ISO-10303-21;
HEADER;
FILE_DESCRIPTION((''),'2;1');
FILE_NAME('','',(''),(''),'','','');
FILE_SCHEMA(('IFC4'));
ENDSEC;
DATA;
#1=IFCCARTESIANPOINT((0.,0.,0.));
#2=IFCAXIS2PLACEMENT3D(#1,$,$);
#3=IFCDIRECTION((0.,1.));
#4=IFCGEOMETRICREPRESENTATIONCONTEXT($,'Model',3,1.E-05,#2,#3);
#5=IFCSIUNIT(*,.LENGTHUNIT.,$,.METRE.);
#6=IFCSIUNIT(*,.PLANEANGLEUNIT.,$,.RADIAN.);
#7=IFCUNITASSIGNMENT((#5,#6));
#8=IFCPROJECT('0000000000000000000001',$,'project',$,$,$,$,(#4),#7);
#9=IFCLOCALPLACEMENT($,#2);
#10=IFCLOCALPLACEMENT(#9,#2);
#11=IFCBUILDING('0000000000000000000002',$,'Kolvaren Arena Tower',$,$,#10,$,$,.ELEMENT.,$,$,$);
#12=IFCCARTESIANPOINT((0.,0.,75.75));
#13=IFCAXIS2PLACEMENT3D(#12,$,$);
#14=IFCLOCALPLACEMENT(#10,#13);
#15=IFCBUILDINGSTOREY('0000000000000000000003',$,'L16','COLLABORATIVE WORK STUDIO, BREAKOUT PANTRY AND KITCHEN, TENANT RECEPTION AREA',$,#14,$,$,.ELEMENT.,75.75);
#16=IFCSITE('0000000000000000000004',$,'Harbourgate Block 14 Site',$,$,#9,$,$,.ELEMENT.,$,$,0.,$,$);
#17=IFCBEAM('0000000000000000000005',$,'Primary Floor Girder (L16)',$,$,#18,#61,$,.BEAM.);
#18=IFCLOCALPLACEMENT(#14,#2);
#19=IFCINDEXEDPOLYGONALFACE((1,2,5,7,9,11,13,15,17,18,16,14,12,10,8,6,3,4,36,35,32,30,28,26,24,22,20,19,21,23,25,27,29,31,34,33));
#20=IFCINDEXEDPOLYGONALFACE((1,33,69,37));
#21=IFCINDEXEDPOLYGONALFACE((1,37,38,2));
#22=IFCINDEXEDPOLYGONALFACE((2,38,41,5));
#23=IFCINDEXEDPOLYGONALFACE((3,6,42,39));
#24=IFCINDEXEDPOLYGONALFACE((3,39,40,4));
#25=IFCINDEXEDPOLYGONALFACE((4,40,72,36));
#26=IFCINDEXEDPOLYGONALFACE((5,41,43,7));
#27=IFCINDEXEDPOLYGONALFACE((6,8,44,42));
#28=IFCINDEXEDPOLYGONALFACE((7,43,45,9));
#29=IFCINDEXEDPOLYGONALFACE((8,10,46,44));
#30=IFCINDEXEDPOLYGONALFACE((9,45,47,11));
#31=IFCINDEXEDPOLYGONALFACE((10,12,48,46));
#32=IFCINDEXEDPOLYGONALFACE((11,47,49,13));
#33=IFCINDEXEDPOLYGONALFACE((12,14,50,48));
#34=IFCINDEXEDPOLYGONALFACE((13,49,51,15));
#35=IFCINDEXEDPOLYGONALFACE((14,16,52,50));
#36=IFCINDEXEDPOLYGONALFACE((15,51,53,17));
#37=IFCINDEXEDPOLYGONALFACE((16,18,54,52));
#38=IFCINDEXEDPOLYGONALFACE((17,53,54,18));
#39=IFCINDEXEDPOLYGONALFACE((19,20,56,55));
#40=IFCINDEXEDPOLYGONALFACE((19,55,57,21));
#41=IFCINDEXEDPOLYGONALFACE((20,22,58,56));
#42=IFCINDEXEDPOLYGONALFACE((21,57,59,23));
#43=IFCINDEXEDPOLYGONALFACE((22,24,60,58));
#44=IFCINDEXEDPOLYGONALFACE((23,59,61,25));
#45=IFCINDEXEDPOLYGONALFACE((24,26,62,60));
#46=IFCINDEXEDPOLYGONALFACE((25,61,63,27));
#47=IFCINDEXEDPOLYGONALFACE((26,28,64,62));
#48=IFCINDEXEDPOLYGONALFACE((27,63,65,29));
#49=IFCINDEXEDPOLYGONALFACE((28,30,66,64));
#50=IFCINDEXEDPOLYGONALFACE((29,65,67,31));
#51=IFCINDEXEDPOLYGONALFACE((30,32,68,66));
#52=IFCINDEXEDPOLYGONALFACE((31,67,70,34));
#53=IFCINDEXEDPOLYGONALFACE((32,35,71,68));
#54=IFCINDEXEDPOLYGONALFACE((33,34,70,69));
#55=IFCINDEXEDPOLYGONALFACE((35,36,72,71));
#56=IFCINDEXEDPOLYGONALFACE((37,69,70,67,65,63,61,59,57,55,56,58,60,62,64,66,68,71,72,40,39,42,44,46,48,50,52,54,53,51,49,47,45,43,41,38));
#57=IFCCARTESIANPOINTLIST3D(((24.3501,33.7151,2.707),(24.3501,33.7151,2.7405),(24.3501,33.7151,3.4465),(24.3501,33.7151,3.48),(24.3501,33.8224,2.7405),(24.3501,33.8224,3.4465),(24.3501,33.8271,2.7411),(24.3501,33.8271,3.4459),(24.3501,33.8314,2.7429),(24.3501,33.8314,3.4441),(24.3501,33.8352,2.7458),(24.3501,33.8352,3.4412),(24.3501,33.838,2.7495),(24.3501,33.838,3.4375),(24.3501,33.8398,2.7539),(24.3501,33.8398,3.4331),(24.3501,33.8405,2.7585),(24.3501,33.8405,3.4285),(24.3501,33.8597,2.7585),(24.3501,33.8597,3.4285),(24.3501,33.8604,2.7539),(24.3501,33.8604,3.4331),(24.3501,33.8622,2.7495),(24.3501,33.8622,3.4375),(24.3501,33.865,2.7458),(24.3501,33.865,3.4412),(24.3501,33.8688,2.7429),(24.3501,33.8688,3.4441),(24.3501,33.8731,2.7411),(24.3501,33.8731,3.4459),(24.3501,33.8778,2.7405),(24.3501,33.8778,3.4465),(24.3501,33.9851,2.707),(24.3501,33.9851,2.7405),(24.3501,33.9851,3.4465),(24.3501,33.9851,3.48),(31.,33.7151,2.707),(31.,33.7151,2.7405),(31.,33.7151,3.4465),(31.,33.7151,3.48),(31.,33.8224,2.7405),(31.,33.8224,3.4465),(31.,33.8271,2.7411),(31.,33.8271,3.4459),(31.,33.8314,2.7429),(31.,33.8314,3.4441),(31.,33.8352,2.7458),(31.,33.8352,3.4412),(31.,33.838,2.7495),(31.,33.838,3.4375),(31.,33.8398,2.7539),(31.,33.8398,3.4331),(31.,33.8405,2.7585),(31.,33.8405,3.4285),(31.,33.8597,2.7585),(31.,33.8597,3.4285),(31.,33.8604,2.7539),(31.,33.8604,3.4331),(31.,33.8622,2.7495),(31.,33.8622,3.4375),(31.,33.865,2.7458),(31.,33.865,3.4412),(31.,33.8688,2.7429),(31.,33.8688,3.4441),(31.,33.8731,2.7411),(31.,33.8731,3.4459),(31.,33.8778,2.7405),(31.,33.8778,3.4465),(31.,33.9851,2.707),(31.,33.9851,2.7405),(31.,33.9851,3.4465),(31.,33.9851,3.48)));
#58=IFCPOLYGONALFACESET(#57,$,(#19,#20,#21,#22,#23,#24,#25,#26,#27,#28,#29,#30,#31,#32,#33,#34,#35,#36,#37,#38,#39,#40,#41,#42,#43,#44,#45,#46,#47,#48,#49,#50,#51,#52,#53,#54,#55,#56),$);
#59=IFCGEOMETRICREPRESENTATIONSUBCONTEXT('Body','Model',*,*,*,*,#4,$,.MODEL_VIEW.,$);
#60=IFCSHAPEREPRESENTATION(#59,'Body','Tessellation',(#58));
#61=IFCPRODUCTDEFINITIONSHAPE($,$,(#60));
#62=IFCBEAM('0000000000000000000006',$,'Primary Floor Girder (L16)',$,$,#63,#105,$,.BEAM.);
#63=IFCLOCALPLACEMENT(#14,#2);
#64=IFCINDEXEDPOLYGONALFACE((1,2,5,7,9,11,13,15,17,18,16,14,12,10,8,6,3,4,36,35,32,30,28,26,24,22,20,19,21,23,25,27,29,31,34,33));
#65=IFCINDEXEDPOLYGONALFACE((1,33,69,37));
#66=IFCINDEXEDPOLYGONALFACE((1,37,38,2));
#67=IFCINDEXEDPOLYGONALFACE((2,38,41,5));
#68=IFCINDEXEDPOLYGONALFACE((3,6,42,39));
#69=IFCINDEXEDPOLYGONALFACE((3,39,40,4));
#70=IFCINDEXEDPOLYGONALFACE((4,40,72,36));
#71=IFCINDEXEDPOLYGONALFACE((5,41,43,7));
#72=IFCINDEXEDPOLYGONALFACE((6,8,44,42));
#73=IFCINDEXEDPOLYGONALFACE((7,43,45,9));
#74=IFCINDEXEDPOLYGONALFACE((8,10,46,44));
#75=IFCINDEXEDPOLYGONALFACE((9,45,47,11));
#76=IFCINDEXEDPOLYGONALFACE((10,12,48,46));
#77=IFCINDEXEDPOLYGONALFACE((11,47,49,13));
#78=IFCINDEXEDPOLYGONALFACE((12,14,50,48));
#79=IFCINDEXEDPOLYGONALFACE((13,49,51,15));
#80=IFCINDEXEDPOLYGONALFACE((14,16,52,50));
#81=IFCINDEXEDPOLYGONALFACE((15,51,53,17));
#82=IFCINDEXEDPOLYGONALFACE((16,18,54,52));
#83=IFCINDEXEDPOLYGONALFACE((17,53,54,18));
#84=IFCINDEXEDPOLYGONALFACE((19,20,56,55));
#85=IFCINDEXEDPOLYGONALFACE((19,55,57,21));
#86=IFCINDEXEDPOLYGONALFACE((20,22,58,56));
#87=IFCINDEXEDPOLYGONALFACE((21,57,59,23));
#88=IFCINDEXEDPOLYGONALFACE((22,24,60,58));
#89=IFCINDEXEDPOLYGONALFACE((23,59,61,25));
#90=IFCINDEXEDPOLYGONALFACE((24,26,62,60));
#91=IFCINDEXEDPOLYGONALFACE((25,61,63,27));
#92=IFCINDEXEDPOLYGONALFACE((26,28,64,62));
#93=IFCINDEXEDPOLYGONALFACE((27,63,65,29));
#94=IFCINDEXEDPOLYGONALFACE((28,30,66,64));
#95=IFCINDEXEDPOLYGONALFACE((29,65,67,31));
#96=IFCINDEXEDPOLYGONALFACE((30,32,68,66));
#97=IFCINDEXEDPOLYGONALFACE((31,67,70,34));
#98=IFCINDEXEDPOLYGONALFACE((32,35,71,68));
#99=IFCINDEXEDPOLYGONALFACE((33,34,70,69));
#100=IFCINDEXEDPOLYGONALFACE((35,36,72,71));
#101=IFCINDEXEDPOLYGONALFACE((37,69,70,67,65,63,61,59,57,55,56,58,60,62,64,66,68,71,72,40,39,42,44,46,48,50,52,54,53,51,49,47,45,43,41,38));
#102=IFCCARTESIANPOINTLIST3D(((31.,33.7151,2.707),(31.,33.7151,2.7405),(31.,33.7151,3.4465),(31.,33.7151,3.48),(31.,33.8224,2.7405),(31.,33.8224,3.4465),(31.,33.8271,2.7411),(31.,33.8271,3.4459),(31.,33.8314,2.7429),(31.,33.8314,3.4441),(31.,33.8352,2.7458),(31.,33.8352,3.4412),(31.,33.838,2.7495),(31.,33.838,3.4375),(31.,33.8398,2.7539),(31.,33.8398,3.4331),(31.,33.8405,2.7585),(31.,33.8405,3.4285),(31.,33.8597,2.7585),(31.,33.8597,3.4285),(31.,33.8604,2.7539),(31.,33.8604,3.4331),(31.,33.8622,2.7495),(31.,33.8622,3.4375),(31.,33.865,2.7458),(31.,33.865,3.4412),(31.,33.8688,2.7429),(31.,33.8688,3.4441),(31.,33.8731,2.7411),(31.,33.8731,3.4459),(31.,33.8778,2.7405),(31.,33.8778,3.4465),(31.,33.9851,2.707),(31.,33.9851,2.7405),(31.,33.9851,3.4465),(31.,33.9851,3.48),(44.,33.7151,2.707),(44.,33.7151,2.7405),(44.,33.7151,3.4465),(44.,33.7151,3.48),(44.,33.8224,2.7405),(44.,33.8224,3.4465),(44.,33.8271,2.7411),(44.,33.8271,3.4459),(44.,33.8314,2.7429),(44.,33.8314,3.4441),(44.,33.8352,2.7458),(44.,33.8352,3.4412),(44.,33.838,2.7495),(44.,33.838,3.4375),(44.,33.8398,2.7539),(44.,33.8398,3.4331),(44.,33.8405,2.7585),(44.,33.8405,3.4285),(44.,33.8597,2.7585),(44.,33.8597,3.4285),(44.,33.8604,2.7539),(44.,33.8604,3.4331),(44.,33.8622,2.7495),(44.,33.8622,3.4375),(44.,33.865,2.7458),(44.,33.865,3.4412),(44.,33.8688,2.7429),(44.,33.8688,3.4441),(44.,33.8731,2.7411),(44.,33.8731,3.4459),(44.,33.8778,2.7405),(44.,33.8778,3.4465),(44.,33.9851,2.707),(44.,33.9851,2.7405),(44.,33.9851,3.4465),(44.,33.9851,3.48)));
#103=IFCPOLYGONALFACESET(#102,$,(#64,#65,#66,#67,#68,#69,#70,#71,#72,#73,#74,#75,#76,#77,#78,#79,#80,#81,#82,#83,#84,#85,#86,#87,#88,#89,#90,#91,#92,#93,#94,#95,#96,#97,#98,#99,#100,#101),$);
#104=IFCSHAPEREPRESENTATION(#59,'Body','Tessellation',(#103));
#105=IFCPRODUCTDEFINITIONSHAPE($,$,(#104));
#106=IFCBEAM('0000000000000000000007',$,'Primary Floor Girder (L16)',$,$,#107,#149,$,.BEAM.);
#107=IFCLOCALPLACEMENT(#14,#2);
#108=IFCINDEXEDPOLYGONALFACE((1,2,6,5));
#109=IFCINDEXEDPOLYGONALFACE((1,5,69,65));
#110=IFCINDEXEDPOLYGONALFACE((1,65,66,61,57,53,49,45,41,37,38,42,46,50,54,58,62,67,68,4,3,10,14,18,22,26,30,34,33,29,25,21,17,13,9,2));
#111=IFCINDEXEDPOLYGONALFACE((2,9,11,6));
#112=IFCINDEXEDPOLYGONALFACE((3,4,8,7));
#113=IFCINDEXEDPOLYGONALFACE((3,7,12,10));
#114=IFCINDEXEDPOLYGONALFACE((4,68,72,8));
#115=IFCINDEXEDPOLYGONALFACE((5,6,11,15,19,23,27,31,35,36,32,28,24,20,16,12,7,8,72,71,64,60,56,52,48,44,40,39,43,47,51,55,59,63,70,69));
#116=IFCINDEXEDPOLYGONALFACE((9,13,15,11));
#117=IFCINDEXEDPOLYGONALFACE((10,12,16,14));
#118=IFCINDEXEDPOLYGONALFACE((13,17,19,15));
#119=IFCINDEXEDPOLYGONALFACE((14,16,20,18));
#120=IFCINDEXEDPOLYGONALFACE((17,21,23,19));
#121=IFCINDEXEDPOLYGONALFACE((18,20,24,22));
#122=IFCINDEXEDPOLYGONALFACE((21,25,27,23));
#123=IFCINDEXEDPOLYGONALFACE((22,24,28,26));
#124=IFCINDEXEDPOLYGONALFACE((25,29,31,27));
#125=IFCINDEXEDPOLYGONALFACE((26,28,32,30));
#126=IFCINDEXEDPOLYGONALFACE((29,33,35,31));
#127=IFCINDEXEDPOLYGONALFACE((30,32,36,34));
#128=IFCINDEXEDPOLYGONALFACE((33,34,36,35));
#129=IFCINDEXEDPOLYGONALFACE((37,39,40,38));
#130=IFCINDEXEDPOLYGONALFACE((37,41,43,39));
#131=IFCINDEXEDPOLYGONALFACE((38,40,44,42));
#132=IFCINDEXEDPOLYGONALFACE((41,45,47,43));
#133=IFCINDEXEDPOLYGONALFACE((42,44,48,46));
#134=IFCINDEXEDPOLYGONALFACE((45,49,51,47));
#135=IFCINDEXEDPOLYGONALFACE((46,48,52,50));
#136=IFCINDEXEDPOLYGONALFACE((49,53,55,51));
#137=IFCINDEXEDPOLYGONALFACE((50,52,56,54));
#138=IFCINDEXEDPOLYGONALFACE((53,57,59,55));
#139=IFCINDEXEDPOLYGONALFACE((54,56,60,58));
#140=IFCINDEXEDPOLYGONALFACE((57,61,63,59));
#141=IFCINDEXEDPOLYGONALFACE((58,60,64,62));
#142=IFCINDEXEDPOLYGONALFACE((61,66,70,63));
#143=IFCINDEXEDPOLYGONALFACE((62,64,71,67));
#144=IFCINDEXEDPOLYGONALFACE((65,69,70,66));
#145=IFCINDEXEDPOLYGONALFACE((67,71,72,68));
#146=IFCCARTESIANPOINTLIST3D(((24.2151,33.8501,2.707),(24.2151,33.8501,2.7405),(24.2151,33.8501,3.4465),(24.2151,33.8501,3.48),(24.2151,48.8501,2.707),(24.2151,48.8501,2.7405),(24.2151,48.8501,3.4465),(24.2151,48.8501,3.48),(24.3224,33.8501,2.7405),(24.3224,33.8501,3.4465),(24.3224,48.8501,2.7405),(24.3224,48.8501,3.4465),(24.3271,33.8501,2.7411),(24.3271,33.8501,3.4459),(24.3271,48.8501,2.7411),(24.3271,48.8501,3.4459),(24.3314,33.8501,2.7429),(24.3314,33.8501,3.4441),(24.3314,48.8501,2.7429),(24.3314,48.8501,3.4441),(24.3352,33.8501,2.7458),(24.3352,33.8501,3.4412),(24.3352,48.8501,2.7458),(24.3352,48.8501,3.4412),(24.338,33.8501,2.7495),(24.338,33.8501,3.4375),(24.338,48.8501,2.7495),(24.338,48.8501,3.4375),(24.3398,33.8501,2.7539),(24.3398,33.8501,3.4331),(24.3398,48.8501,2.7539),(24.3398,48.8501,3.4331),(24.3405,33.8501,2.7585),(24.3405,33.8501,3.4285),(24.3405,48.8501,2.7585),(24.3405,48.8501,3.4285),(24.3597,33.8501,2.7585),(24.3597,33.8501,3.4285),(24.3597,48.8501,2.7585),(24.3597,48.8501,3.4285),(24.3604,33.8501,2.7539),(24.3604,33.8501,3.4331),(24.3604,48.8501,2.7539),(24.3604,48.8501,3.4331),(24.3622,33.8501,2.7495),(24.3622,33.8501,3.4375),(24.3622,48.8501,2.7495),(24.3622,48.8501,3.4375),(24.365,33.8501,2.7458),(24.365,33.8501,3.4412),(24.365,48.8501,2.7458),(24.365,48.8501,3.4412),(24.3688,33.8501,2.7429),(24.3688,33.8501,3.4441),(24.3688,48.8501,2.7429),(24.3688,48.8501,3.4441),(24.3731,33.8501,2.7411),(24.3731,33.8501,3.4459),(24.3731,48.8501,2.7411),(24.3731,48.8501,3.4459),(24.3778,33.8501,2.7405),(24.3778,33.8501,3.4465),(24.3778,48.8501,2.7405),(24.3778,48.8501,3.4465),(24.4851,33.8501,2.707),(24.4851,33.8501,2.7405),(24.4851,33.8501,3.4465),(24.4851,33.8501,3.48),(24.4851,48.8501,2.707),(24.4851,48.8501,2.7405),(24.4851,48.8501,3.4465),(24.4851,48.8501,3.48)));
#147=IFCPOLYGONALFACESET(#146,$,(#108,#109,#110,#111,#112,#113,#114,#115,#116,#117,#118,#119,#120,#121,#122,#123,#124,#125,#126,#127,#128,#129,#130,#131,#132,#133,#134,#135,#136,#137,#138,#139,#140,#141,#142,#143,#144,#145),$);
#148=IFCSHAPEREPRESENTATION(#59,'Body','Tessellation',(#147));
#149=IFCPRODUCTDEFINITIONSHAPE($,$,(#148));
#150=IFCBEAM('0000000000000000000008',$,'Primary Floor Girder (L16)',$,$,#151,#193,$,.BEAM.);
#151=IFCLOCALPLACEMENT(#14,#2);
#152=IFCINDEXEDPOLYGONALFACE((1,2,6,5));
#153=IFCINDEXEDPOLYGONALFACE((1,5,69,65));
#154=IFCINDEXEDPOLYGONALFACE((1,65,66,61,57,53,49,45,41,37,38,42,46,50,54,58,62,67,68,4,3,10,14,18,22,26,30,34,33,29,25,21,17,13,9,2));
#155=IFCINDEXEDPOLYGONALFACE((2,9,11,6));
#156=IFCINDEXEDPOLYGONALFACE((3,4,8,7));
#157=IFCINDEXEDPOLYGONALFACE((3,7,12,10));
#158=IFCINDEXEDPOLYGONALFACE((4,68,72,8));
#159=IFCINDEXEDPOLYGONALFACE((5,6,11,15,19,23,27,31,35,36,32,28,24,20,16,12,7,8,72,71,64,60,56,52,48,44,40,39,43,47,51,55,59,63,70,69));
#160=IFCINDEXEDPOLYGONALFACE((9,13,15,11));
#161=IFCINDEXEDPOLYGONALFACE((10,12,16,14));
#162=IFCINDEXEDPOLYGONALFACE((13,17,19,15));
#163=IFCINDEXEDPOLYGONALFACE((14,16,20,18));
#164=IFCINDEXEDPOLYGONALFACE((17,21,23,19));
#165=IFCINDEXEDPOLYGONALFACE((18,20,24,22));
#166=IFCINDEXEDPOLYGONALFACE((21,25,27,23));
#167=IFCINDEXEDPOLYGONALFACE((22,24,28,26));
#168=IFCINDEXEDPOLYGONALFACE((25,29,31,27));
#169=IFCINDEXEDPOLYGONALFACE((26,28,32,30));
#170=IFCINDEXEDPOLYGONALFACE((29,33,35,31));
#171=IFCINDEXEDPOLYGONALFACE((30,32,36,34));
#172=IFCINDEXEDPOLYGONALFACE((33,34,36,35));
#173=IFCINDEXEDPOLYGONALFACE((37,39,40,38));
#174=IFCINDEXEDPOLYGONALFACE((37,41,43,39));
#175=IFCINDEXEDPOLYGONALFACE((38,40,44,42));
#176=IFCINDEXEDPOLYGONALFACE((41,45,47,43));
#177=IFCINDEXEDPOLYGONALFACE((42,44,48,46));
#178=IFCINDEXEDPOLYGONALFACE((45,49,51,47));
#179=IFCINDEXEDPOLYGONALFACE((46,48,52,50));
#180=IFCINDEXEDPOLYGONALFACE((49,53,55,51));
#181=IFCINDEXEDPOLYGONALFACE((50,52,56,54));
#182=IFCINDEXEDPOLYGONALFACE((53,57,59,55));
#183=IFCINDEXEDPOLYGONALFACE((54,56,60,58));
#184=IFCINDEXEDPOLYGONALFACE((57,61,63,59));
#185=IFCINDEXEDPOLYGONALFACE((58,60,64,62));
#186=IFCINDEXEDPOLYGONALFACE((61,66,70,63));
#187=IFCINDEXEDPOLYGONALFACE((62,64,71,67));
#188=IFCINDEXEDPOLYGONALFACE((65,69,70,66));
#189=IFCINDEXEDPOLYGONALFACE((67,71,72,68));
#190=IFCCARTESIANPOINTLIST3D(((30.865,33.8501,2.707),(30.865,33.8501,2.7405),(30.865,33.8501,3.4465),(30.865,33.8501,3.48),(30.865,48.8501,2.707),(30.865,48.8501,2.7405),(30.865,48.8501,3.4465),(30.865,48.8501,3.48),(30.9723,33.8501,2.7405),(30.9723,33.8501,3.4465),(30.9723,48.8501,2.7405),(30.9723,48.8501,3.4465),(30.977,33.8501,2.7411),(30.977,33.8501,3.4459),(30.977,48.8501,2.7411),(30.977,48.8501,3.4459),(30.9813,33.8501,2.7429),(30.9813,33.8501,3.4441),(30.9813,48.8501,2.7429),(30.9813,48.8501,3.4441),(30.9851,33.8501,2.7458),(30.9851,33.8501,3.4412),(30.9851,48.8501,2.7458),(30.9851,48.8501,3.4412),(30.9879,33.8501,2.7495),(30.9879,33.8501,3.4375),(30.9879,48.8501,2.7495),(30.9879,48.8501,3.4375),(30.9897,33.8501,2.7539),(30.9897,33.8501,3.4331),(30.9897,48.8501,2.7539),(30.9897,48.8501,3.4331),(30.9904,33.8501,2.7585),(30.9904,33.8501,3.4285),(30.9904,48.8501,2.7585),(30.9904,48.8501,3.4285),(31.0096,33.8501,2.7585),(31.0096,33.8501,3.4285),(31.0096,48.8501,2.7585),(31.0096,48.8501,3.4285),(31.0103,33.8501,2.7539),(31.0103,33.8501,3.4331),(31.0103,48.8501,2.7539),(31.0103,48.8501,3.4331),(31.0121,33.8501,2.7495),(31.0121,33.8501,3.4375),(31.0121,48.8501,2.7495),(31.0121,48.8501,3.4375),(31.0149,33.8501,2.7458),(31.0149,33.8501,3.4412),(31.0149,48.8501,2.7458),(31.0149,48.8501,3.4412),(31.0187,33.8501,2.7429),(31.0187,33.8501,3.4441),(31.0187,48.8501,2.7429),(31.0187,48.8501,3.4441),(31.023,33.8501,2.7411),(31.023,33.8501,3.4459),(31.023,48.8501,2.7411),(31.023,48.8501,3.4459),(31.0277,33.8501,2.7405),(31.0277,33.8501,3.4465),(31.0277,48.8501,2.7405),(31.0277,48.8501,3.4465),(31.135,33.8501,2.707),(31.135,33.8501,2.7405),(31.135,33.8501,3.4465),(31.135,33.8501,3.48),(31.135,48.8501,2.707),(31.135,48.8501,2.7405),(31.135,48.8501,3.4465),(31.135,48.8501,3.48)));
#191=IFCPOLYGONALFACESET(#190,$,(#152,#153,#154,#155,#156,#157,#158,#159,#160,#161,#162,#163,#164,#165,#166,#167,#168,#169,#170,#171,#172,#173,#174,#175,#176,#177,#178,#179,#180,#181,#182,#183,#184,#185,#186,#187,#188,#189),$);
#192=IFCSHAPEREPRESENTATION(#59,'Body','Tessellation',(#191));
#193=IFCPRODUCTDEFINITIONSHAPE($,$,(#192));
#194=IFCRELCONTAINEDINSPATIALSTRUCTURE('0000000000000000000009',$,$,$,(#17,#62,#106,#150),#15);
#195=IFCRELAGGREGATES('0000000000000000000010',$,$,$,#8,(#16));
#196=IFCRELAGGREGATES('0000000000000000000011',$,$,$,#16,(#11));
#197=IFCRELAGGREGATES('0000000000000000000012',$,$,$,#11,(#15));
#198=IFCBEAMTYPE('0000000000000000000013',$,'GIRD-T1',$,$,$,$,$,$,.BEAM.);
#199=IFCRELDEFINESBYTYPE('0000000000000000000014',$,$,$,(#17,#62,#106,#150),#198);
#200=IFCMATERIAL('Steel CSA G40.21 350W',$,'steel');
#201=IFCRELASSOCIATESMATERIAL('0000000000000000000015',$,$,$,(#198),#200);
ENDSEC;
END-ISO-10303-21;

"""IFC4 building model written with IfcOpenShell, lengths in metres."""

from ifc_helpers import new_model, si_unit, direction, frame, origin, origin_2d, place, context, subcontext, project, spatial, i_section, extrude, material, material_profile, profile_set, type_object, element, save


model = new_model("IFC4")

# Units and contexts
model_context = context("Model", 3, precision=1e-05, world=origin(), true_north=direction((0.0, 1.0)))
body_context = subcontext(model_context, "Body", "Model", "MODEL_VIEW")
ifc_project = project(units=[si_unit("LENGTHUNIT", "METRE"), si_unit("PLANEANGLEUNIT", "RADIAN")], contexts=[model_context])

# Site, building, storey
site_placement = place(None, origin())
site = spatial("IfcSite", under=ifc_project, at=site_placement, Name="Harbourgate Block 14 Site", CompositionType="ELEMENT", RefElevation=0.0)
building_placement = place(site_placement, origin())
building = spatial("IfcBuilding", under=site, at=building_placement, Name="Kolvaren Arena Tower", CompositionType="ELEMENT")
storey_placement = place(building_placement, frame((0.0, 0.0, 75.75)))
storey = spatial("IfcBuildingStorey", under=building, at=storey_placement, Name="L16", Description="COLLABORATIVE WORK STUDIO, BREAKOUT PANTRY AND KITCHEN, TENANT RECEPTION AREA", CompositionType="ELEMENT", Elevation=75.75)

# Beams
ifc_material_1 = material(Name="Steel CSA G40.21 350W", Category="steel")
ifc_material_profile_1 = material_profile(ifc_material_1, i_section(OverallWidth=0.27, OverallDepth=0.7729, WebThickness=0.0193, FlangeThickness=0.0334, FilletRadius=0.0181, at=origin_2d()), Name="W760x257")
ifc_profile_set_1 = profile_set([ifc_material_profile_1], Name="Steel CSA G40.21 350W")
beam_type_1 = type_object("IfcBeamType", Name="GIRD-T1", PredefinedType="BEAM", material=ifc_profile_set_1)
beam_1_placement = place(storey_placement, frame((24.3501, 33.8501, 3.0935), z_axis=(1.0, 0.0, 0.0), x_axis=(0.0, 1.0, 0.0)))
element("IfcBeam", 1, at=beam_1_placement, inside=storey, type_object=beam_type_1, Name="Primary Floor Girder (L16)", PredefinedType="BEAM", context=body_context, shape_type="SweptSolid", body=[
    extrude(i_section(OverallWidth=0.27, OverallDepth=0.7729, WebThickness=0.0193, FlangeThickness=0.0334, FilletRadius=0.0181, at=origin_2d()), origin(), (0.0, 0.0, 1.0), 6.6499),
])
beam_2_placement = place(storey_placement, frame((31.0, 33.8501, 3.0935), z_axis=(1.0, 0.0, 0.0), x_axis=(0.0, 1.0, 0.0)))
element("IfcBeam", 2, at=beam_2_placement, inside=storey, type_object=beam_type_1, Name="Primary Floor Girder (L16)", PredefinedType="BEAM", context=body_context, shape_type="SweptSolid", body=[
    extrude(i_section(OverallWidth=0.27, OverallDepth=0.7729, WebThickness=0.0193, FlangeThickness=0.0334, FilletRadius=0.0181, at=origin_2d()), origin(), (0.0, 0.0, 1.0), 13.0),
])
for number, where, z_axis, x_axis, name in (
    (3, (24.3501, 33.8501, 3.0935), (0.0, 1.0, 0.0), (-1.0, 0.0, 0.0), "Primary Floor Girder (L16)"),
    (4, (31.0, 33.8501, 3.0935), (0.0, 1.0, 0.0), (-1.0, 0.0, 0.0), "Primary Floor Girder (L16)"),
):
    element("IfcBeam", number, at=place(storey_placement, frame(where, z_axis=z_axis, x_axis=x_axis)), inside=storey, type_object=beam_type_1, Name=name, PredefinedType="BEAM", context=body_context, shape_type="SweptSolid", body=[
        extrude(i_section(OverallWidth=0.27, OverallDepth=0.7729, WebThickness=0.0193, FlangeThickness=0.0334, FilletRadius=0.0181, at=origin_2d()), origin(), (0.0, 0.0, 1.0), 15.0),
    ])

save(model, "model.ifc")
